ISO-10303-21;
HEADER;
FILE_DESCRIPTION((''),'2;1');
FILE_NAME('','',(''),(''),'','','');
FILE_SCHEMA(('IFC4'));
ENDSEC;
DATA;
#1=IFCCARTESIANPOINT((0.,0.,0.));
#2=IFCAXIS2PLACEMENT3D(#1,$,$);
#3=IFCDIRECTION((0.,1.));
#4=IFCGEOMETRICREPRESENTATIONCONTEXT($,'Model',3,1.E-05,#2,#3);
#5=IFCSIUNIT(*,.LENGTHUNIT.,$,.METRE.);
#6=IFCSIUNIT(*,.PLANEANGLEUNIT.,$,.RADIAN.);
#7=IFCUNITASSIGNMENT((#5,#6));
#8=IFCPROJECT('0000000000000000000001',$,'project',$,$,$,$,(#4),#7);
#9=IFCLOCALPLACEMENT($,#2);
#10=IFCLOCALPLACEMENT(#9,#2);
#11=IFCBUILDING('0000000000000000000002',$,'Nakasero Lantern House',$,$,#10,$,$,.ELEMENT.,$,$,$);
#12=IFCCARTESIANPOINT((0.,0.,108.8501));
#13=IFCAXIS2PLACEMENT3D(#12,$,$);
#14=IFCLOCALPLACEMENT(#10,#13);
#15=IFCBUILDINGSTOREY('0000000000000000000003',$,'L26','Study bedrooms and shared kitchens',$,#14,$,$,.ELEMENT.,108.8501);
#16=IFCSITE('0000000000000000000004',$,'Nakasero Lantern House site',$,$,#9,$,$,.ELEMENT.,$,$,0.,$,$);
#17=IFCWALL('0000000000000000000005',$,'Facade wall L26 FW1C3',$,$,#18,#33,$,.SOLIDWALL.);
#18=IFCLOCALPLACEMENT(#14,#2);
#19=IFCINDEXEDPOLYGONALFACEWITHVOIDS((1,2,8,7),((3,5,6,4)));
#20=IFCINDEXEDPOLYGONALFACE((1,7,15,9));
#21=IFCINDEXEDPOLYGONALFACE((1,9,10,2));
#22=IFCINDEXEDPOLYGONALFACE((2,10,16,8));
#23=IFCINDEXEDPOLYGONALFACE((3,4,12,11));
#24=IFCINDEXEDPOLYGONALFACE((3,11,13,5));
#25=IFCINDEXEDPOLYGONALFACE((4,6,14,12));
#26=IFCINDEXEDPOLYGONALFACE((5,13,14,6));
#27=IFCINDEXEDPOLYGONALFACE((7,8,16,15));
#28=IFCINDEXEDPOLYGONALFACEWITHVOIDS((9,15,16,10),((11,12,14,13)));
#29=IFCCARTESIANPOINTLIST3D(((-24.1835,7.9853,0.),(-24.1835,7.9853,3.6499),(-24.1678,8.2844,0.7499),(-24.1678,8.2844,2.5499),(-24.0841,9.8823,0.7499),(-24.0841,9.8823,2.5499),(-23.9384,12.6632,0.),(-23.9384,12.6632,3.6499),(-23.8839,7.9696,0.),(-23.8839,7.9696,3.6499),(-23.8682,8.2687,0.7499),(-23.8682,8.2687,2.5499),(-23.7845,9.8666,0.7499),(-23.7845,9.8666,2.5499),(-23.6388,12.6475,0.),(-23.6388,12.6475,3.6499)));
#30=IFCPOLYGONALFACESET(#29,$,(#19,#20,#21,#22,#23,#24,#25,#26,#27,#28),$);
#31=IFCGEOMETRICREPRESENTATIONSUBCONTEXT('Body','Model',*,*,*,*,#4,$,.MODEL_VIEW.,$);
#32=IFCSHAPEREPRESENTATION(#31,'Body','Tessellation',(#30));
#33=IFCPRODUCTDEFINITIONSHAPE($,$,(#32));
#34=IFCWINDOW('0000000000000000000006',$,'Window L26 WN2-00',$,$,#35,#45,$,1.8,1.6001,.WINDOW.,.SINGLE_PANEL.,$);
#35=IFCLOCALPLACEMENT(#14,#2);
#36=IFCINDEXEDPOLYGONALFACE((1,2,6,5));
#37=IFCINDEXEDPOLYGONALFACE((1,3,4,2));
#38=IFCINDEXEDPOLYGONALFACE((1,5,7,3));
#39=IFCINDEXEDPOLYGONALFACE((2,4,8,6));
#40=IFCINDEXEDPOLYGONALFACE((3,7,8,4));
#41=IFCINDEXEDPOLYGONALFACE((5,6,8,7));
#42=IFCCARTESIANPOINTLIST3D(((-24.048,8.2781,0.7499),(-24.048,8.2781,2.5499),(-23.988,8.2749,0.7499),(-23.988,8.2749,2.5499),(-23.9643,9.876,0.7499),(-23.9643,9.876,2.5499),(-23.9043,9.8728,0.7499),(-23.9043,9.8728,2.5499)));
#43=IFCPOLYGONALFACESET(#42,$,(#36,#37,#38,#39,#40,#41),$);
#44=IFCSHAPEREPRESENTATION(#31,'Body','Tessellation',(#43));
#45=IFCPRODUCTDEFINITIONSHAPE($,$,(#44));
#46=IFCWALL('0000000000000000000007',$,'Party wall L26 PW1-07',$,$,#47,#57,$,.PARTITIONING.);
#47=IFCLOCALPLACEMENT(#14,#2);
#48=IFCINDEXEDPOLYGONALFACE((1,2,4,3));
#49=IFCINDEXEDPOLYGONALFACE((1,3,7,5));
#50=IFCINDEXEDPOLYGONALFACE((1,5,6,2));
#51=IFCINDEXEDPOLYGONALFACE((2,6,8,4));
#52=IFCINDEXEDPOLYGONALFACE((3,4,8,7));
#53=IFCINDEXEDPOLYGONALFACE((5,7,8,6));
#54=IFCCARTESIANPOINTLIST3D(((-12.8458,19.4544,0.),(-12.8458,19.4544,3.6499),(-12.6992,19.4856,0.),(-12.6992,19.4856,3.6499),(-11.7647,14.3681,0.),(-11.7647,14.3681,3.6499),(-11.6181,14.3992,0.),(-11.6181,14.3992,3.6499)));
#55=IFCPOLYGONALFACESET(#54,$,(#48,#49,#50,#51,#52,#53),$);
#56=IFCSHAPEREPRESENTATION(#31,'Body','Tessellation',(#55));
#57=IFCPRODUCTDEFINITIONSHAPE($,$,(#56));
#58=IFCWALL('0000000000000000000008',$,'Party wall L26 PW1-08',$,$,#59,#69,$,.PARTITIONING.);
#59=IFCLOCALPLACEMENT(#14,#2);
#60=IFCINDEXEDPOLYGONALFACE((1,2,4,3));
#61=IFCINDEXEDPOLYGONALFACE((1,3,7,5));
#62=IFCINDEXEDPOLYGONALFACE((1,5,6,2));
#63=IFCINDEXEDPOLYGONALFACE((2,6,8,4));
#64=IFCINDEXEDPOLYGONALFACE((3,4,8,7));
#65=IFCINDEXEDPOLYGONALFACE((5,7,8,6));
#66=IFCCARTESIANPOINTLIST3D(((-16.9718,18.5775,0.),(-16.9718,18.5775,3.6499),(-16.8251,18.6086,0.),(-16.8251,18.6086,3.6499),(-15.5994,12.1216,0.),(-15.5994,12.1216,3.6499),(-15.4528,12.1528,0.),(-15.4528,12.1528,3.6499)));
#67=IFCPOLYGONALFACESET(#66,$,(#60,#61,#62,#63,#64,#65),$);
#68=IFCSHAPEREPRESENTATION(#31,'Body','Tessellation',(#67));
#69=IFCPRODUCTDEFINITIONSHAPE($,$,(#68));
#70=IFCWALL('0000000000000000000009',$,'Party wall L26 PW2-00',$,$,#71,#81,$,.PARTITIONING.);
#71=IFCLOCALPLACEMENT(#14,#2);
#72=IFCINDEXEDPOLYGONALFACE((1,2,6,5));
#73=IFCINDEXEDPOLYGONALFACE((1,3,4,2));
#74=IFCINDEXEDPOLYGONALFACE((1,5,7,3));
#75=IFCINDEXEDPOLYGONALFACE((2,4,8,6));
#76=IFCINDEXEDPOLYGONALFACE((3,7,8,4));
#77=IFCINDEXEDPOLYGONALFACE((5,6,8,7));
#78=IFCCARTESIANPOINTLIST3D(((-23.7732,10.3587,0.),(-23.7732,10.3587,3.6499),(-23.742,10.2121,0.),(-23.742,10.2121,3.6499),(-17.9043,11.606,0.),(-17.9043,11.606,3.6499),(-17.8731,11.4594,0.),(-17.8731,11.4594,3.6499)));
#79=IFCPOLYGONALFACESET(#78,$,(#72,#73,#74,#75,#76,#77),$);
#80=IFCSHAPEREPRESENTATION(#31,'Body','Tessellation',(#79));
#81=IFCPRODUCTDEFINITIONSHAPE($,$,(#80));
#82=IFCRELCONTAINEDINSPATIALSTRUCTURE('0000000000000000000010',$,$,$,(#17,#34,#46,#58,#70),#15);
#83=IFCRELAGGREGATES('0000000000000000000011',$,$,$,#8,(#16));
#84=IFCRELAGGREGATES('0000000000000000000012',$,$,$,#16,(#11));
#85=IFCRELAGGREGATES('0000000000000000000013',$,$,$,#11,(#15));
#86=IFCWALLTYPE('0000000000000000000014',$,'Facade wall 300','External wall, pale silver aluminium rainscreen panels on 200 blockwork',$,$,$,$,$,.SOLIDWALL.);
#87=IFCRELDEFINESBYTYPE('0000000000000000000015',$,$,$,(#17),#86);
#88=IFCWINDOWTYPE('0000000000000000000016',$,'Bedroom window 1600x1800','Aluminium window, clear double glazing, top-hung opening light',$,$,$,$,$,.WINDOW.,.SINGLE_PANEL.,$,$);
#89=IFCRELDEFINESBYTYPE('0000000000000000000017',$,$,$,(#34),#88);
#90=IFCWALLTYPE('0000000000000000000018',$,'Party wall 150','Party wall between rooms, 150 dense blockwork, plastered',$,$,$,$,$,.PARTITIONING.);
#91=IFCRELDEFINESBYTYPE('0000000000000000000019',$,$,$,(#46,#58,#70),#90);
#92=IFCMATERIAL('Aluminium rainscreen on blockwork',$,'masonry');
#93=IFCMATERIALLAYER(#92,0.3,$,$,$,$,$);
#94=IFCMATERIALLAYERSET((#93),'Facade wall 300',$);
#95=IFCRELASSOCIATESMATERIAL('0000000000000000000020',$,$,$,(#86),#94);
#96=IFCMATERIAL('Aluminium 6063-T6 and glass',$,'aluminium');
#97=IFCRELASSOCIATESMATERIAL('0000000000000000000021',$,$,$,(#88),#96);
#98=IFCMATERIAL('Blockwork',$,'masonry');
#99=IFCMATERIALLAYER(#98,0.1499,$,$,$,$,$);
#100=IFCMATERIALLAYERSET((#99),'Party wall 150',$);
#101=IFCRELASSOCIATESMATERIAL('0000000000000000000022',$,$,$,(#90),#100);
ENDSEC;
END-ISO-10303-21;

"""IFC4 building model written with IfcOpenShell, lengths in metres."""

from ifc_helpers import new_model, si_unit, direction, frame, frame_2d, origin, place, context, subcontext, project, spatial, rectangle, extrude, material, layer, layer_set, type_object, element, fill, save


model = new_model("IFC4")

# Units and contexts
model_context = context("Model", 3, precision=1e-05, world=origin(), true_north=direction((0.0, 1.0)))
body_context = subcontext(model_context, "Body", "Model", "MODEL_VIEW")
ifc_project = project(units=[si_unit("LENGTHUNIT", "METRE"), si_unit("PLANEANGLEUNIT", "RADIAN")], contexts=[model_context])

# Site, building, storey
site_placement = place(None, origin())
site = spatial("IfcSite", under=ifc_project, at=site_placement, Name="Nakasero Lantern House site", CompositionType="ELEMENT", RefElevation=0.0)
building_placement = place(site_placement, origin())
building = spatial("IfcBuilding", under=site, at=building_placement, Name="Nakasero Lantern House", CompositionType="ELEMENT")
storey_placement = place(building_placement, frame((0.0, 0.0, 108.8501)))
storey = spatial("IfcBuildingStorey", under=building, at=storey_placement, Name="L26", Description="Study bedrooms and shared kitchens", CompositionType="ELEMENT", Elevation=108.8501)

# Shared definitions
ifc_material_1 = material(Name="Aluminium rainscreen on blockwork", Category="masonry")
ifc_layer_1 = layer(ifc_material_1, 0.3)
ifc_layer_set_1 = layer_set([ifc_layer_1], Name="Facade wall 300")
wall_type_1 = type_object("IfcWallType", Name="Facade wall 300", Description="External wall, pale silver aluminium rainscreen panels on 200 blockwork", PredefinedType="SOLIDWALL", material=ifc_layer_set_1)

# Wall, opening, window
wall_1_placement = place(storey_placement, frame((-23.7886, 12.6555, 0.0), z_axis=(0.0, 0.0, 1.0), x_axis=(-0.052326, -0.99863, 0.0)))
wall_1 = element("IfcWall", 1, at=wall_1_placement, inside=storey, type_object=wall_type_1, Name="Facade wall L26 FW1C3", PredefinedType="SOLIDWALL", context=body_context, shape_type="SweptSolid", body=[
    extrude(rectangle(XDim=4.6843, YDim=0.3, at=frame_2d((2.3423, 0.0))), origin(), (0.0, 0.0, 1.0), 3.6499),
])
opening_1_placement = place(wall_1_placement, frame((2.7849, 0.0, 0.75)))
opening_1 = element("IfcOpeningElement", 2, at=opening_1_placement, cuts=wall_1, PredefinedType="OPENING", context=body_context, shape_type="SweptSolid", body=[
    extrude(rectangle(XDim=1.6001, YDim=1.8, at=frame_2d((0.8, 0.8999))), frame((0.0, 0.1699, 0.0), z_axis=(0.0, -1.0, 0.0), x_axis=(1.0, 0.0, 0.0)), (0.0, 0.0, 1.0), 0.3401),
])
ifc_material_2 = material(Name="Aluminium 6063-T6 and glass", Category="aluminium")
window_type_1 = type_object("IfcWindowType", Name="Bedroom window 1600x1800", Description="Aluminium window, clear double glazing, top-hung opening light", PartitioningType="SINGLE_PANEL", PredefinedType="WINDOW", material=ifc_material_2)
window_1_placement = place(opening_1_placement, origin())
window_1 = element("IfcWindow", 3, at=window_1_placement, inside=storey, type_object=window_type_1, Name="Window L26 WN2-00", OverallHeight=1.8, OverallWidth=1.6001, PartitioningType="SINGLE_PANEL", PredefinedType="WINDOW", context=body_context, shape_type="SweptSolid", body=[
    extrude(rectangle(XDim=1.6001, YDim=1.8, at=frame_2d((0.8, 0.8999))), frame((0.0, 0.03, 0.0), z_axis=(0.0, -1.0, 0.0), x_axis=(1.0, 0.0, 0.0)), (0.0, 0.0, 1.0), 0.0601),
])
fill(opening_1, window_1)

# Walls
ifc_material_3 = material(Name="Blockwork", Category="masonry")
ifc_layer_2 = layer(ifc_material_3, 0.1499)
ifc_layer_set_2 = layer_set([ifc_layer_2], Name="Party wall 150")
wall_type_2 = type_object("IfcWallType", Name="Party wall 150", Description="Party wall between rooms, 150 dense blockwork, plastered", PredefinedType="PARTITIONING", material=ifc_layer_set_2)
wall_2_placement = place(storey_placement, frame((-11.6914, 14.3835, 0.0), z_axis=(0.0, 0.0, 1.0), x_axis=(-0.207894, 0.978151, 0.0)))
element("IfcWall", 4, at=wall_2_placement, inside=storey, type_object=wall_type_2, Name="Party wall L26 PW1-07", PredefinedType="PARTITIONING", context=body_context, shape_type="SweptSolid", body=[
    extrude(rectangle(XDim=5.2, YDim=0.1499, at=frame_2d((2.6001, 0.0))), origin(), (0.0, 0.0, 1.0), 3.6499),
])
wall_3_placement = place(storey_placement, frame((-15.5261, 12.1372, 0.0), z_axis=(0.0, 0.0, 1.0), x_axis=(-0.207925, 0.978145, 0.0)))
element("IfcWall", 5, at=wall_3_placement, inside=storey, type_object=wall_type_2, Name="Party wall L26 PW1-08", PredefinedType="PARTITIONING", context=body_context, shape_type="SweptSolid", body=[
    extrude(rectangle(XDim=6.6001, YDim=0.1499, at=frame_2d((3.3, 0.0))), origin(), (0.0, 0.0, 1.0), 3.6499),
])
wall_4_placement = place(storey_placement, frame((-17.8887, 11.5327, 0.0), z_axis=(0.0, 0.0, 1.0), x_axis=(-0.978153, -0.207886, 0.0)))
element("IfcWall", 6, at=wall_4_placement, inside=storey, type_object=wall_type_2, Name="Party wall L26 PW2-00", PredefinedType="PARTITIONING", context=body_context, shape_type="SweptSolid", body=[
    extrude(rectangle(XDim=6.0, YDim=0.1499, at=frame_2d((3.0, 0.0))), origin(), (0.0, 0.0, 1.0), 3.6499),
])

save(model, "model.ifc")
